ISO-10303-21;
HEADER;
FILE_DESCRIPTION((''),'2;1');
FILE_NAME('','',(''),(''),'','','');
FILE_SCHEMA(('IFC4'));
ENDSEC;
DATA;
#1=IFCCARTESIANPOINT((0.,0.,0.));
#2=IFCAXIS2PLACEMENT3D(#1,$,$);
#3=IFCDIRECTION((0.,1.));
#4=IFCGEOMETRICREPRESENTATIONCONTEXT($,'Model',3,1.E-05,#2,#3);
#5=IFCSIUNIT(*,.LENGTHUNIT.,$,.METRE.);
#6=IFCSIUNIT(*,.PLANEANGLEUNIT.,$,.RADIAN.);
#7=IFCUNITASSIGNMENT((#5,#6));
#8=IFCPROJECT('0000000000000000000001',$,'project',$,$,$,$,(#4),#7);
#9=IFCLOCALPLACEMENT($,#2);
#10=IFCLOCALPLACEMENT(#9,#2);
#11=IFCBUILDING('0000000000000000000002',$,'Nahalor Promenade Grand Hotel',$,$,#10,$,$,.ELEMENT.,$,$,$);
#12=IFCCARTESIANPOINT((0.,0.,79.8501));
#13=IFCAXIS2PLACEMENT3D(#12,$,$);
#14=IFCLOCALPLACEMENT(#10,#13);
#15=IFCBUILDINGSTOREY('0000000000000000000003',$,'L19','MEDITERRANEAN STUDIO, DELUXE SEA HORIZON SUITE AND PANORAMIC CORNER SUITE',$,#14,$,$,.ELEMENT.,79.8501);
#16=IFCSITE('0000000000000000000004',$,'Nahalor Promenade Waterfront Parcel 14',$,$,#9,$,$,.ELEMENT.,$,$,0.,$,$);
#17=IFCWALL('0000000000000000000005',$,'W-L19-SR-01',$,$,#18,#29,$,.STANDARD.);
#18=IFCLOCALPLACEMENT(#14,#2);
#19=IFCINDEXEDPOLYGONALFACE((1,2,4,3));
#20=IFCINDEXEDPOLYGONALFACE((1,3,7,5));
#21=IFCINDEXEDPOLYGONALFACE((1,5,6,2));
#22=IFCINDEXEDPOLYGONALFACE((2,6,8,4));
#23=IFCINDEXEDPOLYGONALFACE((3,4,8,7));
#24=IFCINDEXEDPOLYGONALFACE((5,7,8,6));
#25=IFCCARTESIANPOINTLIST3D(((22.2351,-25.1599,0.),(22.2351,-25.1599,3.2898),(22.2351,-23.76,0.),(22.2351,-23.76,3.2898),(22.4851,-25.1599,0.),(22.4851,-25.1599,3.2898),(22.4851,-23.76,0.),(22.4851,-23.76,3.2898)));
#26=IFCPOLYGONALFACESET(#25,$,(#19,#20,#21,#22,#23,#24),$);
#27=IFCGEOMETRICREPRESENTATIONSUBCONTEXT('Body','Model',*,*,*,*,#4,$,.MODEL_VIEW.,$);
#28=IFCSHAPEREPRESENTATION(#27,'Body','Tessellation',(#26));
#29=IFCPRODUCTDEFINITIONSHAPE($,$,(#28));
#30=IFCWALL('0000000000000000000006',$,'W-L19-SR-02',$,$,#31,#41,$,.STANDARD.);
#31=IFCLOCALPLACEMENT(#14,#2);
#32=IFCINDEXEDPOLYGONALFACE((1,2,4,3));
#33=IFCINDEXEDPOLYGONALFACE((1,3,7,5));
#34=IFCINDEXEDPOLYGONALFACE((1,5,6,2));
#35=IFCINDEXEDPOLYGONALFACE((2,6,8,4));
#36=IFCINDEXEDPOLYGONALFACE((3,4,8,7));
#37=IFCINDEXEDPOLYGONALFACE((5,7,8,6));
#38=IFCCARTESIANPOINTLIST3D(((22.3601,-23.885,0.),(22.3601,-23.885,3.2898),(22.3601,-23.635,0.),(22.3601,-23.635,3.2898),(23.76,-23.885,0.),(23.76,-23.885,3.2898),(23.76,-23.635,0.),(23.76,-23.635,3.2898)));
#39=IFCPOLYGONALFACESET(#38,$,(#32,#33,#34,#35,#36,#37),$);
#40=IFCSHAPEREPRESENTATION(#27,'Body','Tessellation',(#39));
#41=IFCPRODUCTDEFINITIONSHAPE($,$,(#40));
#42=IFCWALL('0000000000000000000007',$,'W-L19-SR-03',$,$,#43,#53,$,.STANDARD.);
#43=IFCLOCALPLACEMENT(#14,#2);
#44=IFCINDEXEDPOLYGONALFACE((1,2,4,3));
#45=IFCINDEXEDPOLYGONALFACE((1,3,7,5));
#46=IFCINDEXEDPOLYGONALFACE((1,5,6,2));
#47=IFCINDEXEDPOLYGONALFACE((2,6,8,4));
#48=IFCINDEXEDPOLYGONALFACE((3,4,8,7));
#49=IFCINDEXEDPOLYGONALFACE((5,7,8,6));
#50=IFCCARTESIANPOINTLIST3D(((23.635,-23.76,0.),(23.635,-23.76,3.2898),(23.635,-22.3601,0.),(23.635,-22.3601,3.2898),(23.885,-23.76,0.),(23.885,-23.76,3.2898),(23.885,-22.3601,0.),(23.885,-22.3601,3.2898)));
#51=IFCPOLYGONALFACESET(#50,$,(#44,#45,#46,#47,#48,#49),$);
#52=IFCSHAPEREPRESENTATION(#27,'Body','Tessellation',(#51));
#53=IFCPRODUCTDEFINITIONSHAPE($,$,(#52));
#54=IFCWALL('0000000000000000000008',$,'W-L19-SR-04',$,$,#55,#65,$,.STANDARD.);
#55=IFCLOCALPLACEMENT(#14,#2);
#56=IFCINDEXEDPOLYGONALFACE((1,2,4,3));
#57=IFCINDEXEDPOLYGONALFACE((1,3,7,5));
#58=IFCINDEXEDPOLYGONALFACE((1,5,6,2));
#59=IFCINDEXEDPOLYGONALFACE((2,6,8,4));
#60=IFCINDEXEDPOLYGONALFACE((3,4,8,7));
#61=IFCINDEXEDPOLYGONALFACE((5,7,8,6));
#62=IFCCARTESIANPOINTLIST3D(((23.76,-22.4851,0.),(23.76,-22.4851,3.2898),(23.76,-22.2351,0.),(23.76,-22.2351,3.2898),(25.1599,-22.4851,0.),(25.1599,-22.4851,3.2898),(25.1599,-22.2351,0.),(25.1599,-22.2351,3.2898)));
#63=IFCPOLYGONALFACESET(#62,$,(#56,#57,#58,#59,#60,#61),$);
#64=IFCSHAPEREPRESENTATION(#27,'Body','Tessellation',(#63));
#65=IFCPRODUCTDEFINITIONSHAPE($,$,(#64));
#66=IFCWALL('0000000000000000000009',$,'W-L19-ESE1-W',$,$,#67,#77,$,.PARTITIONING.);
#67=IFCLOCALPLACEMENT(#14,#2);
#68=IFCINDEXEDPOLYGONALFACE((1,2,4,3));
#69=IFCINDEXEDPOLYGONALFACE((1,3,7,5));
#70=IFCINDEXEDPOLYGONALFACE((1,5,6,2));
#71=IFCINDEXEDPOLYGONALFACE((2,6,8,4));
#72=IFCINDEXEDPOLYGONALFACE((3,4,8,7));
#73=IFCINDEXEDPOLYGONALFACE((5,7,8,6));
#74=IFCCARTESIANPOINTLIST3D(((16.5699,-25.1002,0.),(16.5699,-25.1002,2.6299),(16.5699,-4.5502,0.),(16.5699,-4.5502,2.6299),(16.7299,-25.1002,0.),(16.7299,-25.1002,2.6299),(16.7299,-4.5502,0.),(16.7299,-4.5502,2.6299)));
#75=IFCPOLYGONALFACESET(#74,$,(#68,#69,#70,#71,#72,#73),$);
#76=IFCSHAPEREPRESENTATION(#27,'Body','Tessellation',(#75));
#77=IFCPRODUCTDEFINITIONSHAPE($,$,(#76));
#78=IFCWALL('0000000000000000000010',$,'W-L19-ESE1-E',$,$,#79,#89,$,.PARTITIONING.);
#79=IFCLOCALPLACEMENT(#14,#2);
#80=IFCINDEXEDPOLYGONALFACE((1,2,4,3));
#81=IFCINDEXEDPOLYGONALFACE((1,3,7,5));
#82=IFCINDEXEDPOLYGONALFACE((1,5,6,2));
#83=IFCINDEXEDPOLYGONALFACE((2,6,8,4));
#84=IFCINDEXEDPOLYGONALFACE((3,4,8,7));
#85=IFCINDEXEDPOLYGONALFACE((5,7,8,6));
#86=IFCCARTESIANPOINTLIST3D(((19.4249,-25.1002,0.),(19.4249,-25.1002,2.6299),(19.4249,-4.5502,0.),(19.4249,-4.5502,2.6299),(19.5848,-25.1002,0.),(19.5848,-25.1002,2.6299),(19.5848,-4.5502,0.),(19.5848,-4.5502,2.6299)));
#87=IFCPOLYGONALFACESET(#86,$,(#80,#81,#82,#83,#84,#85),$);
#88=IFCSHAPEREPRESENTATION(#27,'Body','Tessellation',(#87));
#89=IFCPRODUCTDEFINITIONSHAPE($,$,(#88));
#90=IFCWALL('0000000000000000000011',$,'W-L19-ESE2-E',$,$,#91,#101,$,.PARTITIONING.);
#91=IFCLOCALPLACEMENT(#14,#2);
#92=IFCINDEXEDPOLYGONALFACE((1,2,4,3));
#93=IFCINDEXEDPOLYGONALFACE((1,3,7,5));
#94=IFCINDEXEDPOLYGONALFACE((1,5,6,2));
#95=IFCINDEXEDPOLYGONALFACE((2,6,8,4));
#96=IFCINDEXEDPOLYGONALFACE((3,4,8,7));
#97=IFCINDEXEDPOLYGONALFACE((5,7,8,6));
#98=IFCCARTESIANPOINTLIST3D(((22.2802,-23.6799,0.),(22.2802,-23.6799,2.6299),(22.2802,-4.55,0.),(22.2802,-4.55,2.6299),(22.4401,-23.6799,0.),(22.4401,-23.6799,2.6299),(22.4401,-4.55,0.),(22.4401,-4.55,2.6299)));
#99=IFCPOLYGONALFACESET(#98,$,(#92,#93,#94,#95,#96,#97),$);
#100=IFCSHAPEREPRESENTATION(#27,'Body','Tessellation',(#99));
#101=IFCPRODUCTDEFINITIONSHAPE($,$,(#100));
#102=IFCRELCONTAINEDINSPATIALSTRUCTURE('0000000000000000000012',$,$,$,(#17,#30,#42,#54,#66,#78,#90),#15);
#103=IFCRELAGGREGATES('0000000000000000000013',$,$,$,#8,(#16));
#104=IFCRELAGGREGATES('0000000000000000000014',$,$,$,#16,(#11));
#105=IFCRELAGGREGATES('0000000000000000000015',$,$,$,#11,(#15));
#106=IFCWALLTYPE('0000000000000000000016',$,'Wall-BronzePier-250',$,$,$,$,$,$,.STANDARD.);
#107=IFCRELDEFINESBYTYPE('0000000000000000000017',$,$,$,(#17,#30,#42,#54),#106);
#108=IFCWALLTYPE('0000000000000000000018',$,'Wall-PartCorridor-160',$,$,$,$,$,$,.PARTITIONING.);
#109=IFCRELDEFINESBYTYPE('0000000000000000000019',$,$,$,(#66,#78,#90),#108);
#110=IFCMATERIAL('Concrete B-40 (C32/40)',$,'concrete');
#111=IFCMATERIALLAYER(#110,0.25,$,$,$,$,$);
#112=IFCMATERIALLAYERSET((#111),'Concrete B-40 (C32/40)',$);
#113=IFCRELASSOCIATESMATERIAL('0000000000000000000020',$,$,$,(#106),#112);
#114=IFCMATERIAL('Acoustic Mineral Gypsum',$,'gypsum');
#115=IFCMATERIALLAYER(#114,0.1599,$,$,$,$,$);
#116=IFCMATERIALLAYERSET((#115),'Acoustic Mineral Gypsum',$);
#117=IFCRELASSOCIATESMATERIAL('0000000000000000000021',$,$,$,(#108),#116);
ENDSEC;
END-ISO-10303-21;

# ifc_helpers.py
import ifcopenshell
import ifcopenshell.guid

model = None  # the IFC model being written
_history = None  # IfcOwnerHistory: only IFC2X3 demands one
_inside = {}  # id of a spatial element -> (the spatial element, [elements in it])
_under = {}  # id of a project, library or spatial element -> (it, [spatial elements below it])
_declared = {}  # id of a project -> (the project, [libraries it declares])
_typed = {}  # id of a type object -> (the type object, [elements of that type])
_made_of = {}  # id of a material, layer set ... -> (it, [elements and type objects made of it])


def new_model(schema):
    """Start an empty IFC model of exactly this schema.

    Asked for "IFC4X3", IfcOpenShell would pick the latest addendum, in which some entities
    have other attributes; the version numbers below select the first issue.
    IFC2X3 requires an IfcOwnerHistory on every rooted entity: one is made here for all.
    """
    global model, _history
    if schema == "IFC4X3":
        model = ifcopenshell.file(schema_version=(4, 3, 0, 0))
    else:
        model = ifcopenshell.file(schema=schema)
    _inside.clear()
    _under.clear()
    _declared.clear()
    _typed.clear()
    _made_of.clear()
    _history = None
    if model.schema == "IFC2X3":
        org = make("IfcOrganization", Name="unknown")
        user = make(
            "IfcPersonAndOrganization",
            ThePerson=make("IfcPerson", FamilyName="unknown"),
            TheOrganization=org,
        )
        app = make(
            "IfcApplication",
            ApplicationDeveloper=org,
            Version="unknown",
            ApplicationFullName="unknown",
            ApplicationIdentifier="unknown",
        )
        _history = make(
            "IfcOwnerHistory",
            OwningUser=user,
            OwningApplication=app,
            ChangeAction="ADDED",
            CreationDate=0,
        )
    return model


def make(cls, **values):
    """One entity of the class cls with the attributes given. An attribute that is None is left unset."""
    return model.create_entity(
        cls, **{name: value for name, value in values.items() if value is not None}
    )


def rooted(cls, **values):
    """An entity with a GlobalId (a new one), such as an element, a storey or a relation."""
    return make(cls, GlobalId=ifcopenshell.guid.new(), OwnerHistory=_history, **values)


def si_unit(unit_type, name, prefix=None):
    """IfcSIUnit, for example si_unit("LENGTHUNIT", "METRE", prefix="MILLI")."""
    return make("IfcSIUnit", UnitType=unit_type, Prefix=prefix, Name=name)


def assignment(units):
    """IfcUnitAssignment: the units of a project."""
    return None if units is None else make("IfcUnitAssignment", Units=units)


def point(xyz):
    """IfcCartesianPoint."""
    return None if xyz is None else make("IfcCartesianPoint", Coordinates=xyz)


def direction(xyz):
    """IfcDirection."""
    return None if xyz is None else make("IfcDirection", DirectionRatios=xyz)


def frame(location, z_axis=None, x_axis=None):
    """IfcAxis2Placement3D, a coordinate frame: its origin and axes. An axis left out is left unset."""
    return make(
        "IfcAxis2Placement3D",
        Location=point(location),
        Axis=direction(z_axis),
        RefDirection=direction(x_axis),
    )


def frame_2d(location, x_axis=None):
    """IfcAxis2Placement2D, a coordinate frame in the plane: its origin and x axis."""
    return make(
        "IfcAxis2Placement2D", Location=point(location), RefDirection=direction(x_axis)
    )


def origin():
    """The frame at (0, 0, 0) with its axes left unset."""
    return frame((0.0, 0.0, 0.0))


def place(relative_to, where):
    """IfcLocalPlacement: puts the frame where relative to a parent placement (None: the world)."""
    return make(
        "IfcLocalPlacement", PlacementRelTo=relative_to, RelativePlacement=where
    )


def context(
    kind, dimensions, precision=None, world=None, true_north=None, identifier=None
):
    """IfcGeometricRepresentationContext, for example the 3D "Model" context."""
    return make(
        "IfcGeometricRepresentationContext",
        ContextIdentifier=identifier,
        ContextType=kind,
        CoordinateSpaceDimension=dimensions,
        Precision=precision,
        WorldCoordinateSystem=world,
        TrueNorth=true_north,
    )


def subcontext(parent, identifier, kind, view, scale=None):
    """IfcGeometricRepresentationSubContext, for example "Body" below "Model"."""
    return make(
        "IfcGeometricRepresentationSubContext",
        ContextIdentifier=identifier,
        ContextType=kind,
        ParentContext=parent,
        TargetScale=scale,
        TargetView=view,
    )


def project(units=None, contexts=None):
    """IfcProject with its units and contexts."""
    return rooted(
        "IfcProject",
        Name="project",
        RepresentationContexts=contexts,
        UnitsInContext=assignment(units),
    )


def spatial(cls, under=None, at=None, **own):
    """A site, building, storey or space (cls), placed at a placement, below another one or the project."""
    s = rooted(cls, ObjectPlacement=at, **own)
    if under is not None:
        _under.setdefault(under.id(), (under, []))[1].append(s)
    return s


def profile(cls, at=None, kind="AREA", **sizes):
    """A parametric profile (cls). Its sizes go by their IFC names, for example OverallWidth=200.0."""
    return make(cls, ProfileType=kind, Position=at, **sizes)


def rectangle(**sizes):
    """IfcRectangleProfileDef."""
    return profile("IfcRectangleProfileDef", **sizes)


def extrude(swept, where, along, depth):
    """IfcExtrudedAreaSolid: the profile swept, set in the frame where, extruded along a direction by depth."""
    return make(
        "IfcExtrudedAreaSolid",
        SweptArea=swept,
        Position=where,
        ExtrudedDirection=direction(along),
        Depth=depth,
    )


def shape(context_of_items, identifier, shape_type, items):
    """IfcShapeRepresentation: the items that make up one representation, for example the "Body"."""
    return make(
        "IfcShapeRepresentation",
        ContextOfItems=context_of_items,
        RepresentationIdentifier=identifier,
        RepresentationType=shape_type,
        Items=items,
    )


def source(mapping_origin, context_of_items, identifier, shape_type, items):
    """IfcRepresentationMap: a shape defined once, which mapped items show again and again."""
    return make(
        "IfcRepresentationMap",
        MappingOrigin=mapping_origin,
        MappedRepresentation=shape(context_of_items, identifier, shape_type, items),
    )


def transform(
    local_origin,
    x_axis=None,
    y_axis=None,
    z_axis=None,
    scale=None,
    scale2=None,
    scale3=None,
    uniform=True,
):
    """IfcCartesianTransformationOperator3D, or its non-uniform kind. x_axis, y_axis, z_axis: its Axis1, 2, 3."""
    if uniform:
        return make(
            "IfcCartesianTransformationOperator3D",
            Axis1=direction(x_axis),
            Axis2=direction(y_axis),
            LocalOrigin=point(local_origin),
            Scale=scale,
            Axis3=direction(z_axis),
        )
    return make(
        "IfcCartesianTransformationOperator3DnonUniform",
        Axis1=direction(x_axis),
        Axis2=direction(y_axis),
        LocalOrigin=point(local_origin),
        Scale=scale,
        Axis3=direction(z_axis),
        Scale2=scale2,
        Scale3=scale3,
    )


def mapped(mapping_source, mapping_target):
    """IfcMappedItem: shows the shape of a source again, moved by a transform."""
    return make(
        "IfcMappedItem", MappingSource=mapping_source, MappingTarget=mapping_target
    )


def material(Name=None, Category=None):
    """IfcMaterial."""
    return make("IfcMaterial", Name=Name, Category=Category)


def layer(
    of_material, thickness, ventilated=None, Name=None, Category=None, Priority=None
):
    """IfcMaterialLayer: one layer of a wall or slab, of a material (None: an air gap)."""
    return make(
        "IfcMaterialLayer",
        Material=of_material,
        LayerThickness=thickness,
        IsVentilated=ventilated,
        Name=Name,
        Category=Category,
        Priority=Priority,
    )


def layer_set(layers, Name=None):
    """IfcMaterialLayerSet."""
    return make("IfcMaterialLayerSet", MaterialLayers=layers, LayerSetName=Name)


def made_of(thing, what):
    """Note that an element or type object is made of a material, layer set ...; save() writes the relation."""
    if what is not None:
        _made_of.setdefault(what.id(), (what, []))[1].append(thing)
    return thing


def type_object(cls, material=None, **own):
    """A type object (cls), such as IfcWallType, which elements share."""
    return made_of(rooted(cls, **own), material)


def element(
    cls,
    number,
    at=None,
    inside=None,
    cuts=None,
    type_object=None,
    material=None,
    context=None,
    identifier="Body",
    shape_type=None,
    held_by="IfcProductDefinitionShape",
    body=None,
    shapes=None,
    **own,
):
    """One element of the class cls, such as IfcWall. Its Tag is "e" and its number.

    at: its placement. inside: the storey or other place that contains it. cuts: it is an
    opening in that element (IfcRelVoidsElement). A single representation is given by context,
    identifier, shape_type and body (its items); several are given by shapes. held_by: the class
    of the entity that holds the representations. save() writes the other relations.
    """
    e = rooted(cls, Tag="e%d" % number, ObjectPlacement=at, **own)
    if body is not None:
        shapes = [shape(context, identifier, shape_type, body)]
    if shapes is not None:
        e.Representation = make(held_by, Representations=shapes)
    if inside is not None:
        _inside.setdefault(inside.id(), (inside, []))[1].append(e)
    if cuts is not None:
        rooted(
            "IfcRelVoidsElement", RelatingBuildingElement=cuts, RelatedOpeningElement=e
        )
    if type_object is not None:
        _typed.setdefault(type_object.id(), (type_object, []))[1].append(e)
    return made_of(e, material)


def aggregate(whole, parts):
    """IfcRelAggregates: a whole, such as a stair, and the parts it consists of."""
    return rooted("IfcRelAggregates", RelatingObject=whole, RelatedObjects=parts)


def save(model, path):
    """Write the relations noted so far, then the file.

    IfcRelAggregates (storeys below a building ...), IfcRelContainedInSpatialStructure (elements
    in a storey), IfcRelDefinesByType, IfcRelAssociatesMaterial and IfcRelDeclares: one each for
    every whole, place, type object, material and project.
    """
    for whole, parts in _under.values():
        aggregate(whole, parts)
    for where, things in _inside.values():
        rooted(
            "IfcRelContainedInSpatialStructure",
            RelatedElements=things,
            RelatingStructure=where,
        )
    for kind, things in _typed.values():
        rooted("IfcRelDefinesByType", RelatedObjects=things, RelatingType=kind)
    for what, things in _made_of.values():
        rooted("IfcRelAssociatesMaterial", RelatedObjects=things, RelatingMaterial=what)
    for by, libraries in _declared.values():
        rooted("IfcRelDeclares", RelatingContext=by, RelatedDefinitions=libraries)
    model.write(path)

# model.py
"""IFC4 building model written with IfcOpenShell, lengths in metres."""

from ifc_helpers import new_model, si_unit, direction, frame, frame_2d, origin, place, context, subcontext, project, spatial, rectangle, extrude, source, transform, mapped, material, layer, layer_set, type_object, element, save


model = new_model("IFC4")

# Units and contexts
model_context = context("Model", 3, precision=1e-05, world=origin(), true_north=direction((0.0, 1.0)))
body_context = subcontext(model_context, "Body", "Model", "MODEL_VIEW")
ifc_project = project(units=[si_unit("LENGTHUNIT", "METRE"), si_unit("PLANEANGLEUNIT", "RADIAN")], contexts=[model_context])

# Site, building, storey
site_placement = place(None, origin())
site = spatial("IfcSite", under=ifc_project, at=site_placement, Name="Nahalor Promenade Waterfront Parcel 14", CompositionType="ELEMENT", RefElevation=0.0)
building_placement = place(site_placement, origin())
building = spatial("IfcBuilding", under=site, at=building_placement, Name="Nahalor Promenade Grand Hotel", CompositionType="ELEMENT")
storey_placement = place(building_placement, frame((0.0, 0.0, 79.8501)))
storey = spatial("IfcBuildingStorey", under=building, at=storey_placement, Name="L19", Description="MEDITERRANEAN STUDIO, DELUXE SEA HORIZON SUITE AND PANORAMIC CORNER SUITE", CompositionType="ELEMENT", Elevation=79.8501)

# Walls
ifc_material_1 = material(Name="Concrete B-40 (C32/40)", Category="concrete")
ifc_layer_1 = layer(ifc_material_1, 0.25)
ifc_layer_set_1 = layer_set([ifc_layer_1], Name="Concrete B-40 (C32/40)")
wall_type_1 = type_object("IfcWallType", Name="Wall-BronzePier-250", PredefinedType="STANDARD", material=ifc_layer_set_1)
shared_shape_1 = source(origin(), body_context, "Body", "SweptSolid", [
    extrude(rectangle(XDim=1.3999, YDim=0.25, at=frame_2d((0.7, 0.0))), origin(), (0.0, 0.0, 1.0), 3.2898),
])
for number, where, z_axis, x_axis, name in (
    (1, (22.3601, -25.1599, 0.0), (0.0, 0.0, 1.0), (0.0, 1.0, 0.0), "W-L19-SR-01"),
    (2, (22.3601, -23.76, 0.0), (0.0, 0.0, 1.0), (1.0, 0.0, 0.0), "W-L19-SR-02"),
    (3, (23.76, -23.76, 0.0), (0.0, 0.0, 1.0), (0.0, 1.0, 0.0), "W-L19-SR-03"),
    (4, (23.76, -22.3601, 0.0), (0.0, 0.0, 1.0), (1.0, 0.0, 0.0), "W-L19-SR-04"),
):
    element("IfcWall", number, at=place(storey_placement, frame(where, z_axis=z_axis, x_axis=x_axis)), inside=storey, type_object=wall_type_1, Name=name, PredefinedType="STANDARD", context=body_context, shape_type="MappedRepresentation", body=[
        mapped(shared_shape_1, transform((0.0, 0.0, 0.0), scale=1.0)),
    ])
ifc_material_2 = material(Name="Acoustic Mineral Gypsum", Category="gypsum")
ifc_layer_2 = layer(ifc_material_2, 0.1599)
ifc_layer_set_2 = layer_set([ifc_layer_2], Name="Acoustic Mineral Gypsum")
wall_type_2 = type_object("IfcWallType", Name="Wall-PartCorridor-160", PredefinedType="PARTITIONING", material=ifc_layer_set_2)
shared_shape_2 = source(origin(), body_context, "Body", "SweptSolid", [
    extrude(rectangle(XDim=20.55, YDim=0.1599, at=frame_2d((10.2749, 0.0))), origin(), (0.0, 0.0, 1.0), 2.6299),
])
for number, where, z_axis, x_axis, name in (
    (5, (16.6499, -25.1001, 0.0), (0.0, 0.0, 1.0), (0.0, 1.0, 0.0), "W-L19-ESE1-W"),
    (6, (19.5049, -25.1001, 0.0), (0.0, 0.0, 1.0), (0.0, 1.0, 0.0), "W-L19-ESE1-E"),
):
    element("IfcWall", number, at=place(storey_placement, frame(where, z_axis=z_axis, x_axis=x_axis)), inside=storey, type_object=wall_type_2, Name=name, PredefinedType="PARTITIONING", context=body_context, shape_type="MappedRepresentation", body=[
        mapped(shared_shape_2, transform((0.0, 0.0, 0.0), scale=1.0)),
    ])
shared_shape_3 = source(origin(), body_context, "Body", "SweptSolid", [
    extrude(rectangle(XDim=19.1299, YDim=0.1599, at=frame_2d((9.5649, 0.0))), origin(), (0.0, 0.0, 1.0), 2.6299),
])
wall_1_placement = place(storey_placement, frame((22.3601, -23.6799, 0.0), z_axis=(0.0, 0.0, 1.0), x_axis=(0.0, 1.0, 0.0)))
element("IfcWall", 7, at=wall_1_placement, inside=storey, type_object=wall_type_2, Name="W-L19-ESE2-E", PredefinedType="PARTITIONING", context=body_context, shape_type="MappedRepresentation", body=[
    mapped(shared_shape_3, transform((0.0, 0.0, 0.0), scale=1.0)),
])

save(model, "model.ifc")
